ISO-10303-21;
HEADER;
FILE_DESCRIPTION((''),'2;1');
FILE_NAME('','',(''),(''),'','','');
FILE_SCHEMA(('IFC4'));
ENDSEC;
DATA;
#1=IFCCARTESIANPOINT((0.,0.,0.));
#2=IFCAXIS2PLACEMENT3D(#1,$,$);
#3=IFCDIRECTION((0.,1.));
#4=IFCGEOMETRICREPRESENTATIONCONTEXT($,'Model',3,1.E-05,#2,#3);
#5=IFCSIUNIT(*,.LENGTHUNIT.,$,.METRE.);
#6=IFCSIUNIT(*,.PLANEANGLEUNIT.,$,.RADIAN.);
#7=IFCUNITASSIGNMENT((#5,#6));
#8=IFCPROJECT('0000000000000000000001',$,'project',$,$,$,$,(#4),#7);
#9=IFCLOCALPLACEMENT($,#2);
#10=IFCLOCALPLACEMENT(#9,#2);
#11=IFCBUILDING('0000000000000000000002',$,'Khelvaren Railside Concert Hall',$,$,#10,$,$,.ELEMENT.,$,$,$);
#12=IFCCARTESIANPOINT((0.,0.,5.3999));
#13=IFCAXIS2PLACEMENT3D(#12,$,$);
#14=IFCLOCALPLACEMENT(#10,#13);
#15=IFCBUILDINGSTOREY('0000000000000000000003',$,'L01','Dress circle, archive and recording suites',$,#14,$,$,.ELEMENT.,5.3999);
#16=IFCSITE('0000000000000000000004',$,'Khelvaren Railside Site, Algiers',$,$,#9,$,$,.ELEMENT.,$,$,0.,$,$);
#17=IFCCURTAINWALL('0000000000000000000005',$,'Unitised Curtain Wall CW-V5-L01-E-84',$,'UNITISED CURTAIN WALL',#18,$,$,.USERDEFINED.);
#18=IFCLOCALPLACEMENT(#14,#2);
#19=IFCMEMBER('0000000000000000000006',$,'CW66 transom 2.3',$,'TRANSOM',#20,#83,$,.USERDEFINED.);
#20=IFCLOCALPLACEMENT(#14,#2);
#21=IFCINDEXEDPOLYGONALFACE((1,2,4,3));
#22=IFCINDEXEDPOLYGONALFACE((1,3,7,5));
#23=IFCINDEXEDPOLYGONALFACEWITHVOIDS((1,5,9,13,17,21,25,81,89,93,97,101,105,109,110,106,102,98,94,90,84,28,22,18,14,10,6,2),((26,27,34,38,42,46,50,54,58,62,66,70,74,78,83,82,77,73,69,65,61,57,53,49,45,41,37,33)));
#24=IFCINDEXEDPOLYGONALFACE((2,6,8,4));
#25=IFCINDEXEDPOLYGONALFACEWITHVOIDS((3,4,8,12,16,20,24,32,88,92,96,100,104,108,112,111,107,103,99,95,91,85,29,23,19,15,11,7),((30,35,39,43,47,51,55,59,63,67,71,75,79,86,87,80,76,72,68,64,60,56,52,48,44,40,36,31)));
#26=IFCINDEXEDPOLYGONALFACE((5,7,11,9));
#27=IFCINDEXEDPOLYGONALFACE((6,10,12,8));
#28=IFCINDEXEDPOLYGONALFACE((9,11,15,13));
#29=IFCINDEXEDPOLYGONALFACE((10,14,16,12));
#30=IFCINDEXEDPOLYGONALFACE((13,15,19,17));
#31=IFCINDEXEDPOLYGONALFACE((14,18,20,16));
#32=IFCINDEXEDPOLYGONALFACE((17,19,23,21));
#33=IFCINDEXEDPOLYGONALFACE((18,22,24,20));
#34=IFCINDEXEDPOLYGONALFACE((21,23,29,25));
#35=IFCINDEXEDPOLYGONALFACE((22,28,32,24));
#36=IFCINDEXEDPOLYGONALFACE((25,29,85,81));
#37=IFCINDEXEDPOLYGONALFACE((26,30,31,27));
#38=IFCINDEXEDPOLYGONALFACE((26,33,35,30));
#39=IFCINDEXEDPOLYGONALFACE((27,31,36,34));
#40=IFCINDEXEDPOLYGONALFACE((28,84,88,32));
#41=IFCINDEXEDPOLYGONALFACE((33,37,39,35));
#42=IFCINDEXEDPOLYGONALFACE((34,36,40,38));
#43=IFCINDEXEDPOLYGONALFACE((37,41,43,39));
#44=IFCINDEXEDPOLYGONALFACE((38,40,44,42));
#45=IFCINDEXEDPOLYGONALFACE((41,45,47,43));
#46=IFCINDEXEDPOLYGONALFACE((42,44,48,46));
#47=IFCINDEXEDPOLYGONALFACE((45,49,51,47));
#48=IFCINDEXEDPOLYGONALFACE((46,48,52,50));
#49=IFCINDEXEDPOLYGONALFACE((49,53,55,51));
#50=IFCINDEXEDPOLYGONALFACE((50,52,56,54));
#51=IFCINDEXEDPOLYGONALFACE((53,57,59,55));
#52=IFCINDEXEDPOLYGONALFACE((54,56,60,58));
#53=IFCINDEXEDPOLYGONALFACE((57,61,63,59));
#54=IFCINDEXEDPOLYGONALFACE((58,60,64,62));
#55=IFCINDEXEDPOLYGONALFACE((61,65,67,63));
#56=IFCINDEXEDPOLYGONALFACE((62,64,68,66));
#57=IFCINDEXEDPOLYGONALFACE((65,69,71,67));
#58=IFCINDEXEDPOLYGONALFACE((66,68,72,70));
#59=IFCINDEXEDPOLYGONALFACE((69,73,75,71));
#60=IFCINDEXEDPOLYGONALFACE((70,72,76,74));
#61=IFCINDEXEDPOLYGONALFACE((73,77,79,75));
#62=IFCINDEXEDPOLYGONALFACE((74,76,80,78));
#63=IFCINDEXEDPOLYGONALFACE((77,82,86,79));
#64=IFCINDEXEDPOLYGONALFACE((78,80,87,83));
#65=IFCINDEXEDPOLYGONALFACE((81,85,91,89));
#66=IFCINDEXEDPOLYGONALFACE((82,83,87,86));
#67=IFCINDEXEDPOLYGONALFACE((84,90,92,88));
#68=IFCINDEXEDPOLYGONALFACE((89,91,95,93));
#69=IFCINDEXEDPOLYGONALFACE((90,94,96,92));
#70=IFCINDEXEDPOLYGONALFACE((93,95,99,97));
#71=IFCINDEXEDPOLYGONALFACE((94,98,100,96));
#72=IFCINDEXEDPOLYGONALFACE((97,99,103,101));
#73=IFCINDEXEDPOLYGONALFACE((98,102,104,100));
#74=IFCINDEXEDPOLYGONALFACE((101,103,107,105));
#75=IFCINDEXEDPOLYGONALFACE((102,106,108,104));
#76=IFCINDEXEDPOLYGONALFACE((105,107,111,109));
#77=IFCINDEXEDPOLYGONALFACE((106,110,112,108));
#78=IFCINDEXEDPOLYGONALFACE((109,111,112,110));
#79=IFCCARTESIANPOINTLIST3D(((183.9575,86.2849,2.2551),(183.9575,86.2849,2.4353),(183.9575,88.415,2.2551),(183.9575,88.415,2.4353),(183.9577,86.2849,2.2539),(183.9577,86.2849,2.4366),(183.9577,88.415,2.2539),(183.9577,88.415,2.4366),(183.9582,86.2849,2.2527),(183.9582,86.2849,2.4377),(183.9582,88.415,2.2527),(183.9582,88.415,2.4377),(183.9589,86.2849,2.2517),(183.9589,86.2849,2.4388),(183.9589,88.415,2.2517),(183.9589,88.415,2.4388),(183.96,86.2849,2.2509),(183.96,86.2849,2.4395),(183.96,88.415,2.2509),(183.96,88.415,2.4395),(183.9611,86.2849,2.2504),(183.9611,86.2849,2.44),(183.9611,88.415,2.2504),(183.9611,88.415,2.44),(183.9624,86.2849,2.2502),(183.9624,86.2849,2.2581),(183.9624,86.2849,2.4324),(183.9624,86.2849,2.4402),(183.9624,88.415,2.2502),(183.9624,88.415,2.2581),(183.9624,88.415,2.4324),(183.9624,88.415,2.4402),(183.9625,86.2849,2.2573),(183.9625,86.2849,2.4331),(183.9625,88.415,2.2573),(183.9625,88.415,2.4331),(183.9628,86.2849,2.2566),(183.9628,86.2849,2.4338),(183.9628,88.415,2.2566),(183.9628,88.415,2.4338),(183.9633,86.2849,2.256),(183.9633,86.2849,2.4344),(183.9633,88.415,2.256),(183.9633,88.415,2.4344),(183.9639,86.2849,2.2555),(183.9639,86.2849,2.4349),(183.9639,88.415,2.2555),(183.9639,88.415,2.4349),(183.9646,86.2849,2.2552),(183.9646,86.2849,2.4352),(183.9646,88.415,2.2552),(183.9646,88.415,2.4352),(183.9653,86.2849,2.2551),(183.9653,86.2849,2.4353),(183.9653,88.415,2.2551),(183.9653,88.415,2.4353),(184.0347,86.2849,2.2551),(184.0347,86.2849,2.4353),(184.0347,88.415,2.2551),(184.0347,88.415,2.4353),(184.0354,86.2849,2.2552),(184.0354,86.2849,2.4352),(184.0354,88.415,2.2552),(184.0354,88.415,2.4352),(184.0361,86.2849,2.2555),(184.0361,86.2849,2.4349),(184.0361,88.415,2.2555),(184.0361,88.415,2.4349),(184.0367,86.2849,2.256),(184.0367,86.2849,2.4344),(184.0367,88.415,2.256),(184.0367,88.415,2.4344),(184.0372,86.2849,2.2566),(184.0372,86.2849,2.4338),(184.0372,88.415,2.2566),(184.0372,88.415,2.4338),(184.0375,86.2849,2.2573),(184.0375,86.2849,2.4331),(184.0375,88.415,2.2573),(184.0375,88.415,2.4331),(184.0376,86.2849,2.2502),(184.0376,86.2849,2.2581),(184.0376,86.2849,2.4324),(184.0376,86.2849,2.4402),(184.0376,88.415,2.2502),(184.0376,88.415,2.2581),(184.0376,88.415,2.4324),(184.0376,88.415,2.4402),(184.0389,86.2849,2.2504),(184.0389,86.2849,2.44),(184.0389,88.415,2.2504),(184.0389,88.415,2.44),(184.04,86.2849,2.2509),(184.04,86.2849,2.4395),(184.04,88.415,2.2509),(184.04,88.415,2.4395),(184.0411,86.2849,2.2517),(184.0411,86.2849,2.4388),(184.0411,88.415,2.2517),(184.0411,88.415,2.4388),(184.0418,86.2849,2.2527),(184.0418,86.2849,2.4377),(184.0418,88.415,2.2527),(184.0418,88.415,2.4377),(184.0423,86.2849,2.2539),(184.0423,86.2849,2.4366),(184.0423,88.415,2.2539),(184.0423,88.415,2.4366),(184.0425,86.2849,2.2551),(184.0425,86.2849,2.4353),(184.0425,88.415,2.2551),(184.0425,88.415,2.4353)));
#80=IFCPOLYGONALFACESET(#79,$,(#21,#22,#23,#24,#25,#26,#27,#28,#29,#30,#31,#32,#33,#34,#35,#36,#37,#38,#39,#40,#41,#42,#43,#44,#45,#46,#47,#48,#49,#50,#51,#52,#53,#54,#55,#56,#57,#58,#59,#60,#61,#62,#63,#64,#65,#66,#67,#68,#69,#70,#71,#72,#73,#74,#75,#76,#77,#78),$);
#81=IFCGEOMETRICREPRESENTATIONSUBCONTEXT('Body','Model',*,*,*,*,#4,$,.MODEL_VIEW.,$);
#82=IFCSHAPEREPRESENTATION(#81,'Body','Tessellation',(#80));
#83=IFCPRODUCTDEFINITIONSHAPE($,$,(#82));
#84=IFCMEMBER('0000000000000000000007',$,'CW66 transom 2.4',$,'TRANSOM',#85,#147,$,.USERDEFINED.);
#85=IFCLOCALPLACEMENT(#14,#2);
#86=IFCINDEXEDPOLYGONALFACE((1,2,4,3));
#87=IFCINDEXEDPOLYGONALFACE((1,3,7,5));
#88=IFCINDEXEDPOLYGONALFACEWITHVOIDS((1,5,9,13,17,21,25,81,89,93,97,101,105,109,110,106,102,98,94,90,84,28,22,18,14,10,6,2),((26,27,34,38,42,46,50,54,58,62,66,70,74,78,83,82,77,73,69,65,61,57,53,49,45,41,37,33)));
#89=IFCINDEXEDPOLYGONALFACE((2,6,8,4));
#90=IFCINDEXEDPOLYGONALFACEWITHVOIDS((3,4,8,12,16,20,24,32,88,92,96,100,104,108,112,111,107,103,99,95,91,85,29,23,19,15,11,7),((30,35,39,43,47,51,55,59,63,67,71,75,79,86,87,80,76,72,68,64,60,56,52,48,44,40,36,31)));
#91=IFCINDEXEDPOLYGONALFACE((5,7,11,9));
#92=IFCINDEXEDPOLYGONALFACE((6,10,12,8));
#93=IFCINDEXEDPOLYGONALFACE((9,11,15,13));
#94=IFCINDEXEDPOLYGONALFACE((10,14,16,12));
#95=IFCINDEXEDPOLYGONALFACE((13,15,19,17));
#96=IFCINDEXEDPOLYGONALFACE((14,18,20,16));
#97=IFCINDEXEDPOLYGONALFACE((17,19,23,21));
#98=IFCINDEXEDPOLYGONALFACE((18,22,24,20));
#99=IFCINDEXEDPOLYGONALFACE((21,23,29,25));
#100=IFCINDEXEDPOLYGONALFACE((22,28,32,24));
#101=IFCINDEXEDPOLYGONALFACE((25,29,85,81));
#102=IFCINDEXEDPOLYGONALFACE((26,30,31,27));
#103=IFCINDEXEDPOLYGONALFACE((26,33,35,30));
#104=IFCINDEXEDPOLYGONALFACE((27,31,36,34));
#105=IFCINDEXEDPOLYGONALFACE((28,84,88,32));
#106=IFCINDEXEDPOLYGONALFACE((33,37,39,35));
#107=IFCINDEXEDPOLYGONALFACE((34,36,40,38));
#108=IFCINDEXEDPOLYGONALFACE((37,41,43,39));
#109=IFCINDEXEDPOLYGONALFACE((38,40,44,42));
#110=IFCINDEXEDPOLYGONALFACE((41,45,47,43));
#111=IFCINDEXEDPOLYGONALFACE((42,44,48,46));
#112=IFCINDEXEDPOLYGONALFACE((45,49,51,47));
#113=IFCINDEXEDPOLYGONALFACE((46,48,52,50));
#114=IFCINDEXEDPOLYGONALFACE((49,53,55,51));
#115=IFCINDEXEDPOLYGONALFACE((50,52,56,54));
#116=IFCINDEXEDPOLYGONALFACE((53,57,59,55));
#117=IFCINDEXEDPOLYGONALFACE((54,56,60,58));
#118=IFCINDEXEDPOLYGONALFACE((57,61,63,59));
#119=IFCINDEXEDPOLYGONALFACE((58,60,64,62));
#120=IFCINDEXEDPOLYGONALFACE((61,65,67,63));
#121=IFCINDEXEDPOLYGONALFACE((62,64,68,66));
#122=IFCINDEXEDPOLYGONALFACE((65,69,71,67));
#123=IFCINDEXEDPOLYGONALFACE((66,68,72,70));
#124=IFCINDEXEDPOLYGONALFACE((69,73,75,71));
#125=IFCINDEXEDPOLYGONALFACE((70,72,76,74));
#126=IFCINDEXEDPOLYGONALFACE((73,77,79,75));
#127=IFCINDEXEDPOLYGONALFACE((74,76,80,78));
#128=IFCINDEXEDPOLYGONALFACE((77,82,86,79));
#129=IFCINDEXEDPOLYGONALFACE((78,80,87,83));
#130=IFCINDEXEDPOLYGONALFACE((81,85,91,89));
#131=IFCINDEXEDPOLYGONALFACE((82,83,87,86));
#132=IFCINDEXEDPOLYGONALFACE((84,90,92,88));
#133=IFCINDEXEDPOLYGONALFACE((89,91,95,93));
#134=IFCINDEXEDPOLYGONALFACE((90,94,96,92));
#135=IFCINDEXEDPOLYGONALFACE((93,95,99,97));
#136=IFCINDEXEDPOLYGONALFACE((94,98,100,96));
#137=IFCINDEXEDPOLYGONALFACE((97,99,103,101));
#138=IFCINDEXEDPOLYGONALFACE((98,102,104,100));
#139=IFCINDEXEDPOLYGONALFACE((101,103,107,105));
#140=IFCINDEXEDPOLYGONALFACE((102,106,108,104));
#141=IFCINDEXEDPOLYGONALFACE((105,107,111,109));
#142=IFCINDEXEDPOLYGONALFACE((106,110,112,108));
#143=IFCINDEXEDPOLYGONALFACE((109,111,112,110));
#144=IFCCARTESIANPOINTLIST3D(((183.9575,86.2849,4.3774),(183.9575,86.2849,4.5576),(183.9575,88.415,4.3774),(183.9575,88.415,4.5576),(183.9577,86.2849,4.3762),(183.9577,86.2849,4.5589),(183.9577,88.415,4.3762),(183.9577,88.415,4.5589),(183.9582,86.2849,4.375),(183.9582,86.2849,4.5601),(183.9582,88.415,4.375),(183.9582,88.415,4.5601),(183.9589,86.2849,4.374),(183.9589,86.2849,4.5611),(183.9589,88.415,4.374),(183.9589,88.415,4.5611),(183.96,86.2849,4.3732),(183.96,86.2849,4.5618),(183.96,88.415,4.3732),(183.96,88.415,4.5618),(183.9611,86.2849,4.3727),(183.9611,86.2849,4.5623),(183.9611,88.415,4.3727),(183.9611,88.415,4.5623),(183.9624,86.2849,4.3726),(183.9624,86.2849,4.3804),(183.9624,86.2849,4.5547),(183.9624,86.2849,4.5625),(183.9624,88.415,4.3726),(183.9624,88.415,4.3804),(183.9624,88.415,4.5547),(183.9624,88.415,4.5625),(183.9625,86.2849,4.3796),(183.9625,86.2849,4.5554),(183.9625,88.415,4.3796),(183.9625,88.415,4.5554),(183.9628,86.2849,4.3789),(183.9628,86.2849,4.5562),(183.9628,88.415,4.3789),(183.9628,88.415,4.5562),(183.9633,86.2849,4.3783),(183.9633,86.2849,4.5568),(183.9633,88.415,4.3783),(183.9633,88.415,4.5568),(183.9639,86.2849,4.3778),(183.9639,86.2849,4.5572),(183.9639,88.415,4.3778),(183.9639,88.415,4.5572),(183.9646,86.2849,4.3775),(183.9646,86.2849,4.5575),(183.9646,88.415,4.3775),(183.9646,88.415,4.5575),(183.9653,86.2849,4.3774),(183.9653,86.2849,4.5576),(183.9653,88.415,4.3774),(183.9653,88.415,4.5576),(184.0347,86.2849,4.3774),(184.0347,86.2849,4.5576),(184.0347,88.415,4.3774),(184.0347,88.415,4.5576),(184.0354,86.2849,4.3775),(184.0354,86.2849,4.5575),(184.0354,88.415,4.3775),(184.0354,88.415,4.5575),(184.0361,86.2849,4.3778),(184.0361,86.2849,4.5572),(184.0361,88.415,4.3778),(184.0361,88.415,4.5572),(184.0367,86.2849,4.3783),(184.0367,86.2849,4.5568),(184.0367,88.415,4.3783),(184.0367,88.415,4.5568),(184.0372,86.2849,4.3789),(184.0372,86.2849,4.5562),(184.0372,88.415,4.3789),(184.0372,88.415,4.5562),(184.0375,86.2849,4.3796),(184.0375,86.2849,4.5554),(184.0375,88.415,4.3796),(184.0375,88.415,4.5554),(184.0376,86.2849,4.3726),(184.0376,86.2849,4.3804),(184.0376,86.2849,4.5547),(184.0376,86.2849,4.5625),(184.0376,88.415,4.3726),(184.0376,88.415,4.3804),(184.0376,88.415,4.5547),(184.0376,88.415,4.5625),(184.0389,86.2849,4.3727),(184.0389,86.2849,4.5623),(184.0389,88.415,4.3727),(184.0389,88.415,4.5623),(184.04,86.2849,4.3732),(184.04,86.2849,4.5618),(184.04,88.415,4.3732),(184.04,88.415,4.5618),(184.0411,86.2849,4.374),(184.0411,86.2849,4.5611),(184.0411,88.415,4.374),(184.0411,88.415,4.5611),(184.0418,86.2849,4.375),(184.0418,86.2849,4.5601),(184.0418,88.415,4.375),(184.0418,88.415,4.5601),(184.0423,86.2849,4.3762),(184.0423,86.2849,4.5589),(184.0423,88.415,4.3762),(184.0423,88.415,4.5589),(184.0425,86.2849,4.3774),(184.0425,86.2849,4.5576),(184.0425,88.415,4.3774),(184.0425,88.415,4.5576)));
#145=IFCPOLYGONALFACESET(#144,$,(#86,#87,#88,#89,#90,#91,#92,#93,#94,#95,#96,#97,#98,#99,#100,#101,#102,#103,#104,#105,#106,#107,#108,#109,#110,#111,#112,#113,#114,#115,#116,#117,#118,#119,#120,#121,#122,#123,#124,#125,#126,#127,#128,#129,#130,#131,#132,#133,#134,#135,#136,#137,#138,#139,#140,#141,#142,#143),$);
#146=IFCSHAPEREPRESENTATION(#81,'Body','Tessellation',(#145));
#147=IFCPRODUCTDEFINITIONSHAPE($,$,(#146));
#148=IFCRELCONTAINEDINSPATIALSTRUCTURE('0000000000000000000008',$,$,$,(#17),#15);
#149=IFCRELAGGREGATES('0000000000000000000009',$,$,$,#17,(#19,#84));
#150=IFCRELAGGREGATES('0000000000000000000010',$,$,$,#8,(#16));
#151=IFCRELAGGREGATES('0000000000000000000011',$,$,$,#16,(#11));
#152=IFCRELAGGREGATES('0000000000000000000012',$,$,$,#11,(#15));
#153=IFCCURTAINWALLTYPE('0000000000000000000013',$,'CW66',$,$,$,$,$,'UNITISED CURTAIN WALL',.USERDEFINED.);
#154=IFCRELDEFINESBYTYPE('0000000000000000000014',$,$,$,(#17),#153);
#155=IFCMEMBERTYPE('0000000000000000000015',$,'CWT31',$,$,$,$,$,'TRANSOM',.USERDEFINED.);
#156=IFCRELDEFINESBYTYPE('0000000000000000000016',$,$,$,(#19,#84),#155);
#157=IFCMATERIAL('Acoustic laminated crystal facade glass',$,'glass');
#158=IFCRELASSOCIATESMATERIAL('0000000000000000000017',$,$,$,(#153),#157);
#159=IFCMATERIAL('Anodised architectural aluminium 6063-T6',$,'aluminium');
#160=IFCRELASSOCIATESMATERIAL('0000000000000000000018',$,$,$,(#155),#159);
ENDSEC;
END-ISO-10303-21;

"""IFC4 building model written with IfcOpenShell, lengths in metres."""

from ifc_helpers import new_model, si_unit, direction, frame, origin, origin_2d, place, context, subcontext, project, spatial, hollow_rectangle, extrude, material, material_profile, profile_set, type_object, element, aggregate, save


model = new_model("IFC4")

# Units and contexts
model_context = context("Model", 3, precision=1e-05, world=origin(), true_north=direction((0.0, 1.0)))
body_context = subcontext(model_context, "Body", "Model", "MODEL_VIEW")
ifc_project = project(units=[si_unit("LENGTHUNIT", "METRE"), si_unit("PLANEANGLEUNIT", "RADIAN")], contexts=[model_context])

# Site, building, storey
site_placement = place(None, origin())
site = spatial("IfcSite", under=ifc_project, at=site_placement, Name="Khelvaren Railside Site, Algiers", CompositionType="ELEMENT", RefElevation=0.0)
building_placement = place(site_placement, origin())
building = spatial("IfcBuilding", under=site, at=building_placement, Name="Khelvaren Railside Concert Hall", CompositionType="ELEMENT")
storey_placement = place(building_placement, frame((0.0, 0.0, 5.3999)))
storey = spatial("IfcBuildingStorey", under=building, at=storey_placement, Name="L01", Description="Dress circle, archive and recording suites", CompositionType="ELEMENT", Elevation=5.3999)

# Curtain wall, members
ifc_material_1 = material(Name="Anodised architectural aluminium 6063-T6", Category="aluminium")
ifc_material_2 = material(Name="Acoustic laminated crystal facade glass", Category="glass")
curtain_wall_type_1 = type_object("IfcCurtainWallType", Name="CW66", ElementType="UNITISED CURTAIN WALL", PredefinedType="USERDEFINED", material=ifc_material_2)
curtain_wall_1_placement = place(storey_placement, origin())
curtain_wall_1 = element("IfcCurtainWall", 1, at=curtain_wall_1_placement, inside=storey, type_object=curtain_wall_type_1, Name="Unitised Curtain Wall CW-V5-L01-E-84", ObjectType="UNITISED CURTAIN WALL", PredefinedType="USERDEFINED")
ifc_material_profile_1 = material_profile(ifc_material_1, hollow_rectangle(XDim=0.085, YDim=0.1899, WallThickness=0.0049, InnerFilletRadius=0.0029, OuterFilletRadius=0.0049, at=origin_2d()), Name="CWT 85x190x5")
ifc_profile_set_1 = profile_set([ifc_material_profile_1], Name="Anodised architectural aluminium 6063-T6")
member_type_1 = type_object("IfcMemberType", Name="CWT31", ElementType="TRANSOM", PredefinedType="USERDEFINED", material=ifc_profile_set_1)
member_1_placement = place(storey_placement, frame((184.0, 88.415, 2.3452), z_axis=(0.0, -1.0, 0.0), x_axis=(1.0, 0.0, 0.0)))
member_1 = element("IfcMember", 2, at=member_1_placement, type_object=member_type_1, Name="CW66 transom 2.3", ObjectType="TRANSOM", PredefinedType="USERDEFINED", context=body_context, shape_type="SweptSolid", body=[
    extrude(hollow_rectangle(XDim=0.085, YDim=0.1899, WallThickness=0.0049, InnerFilletRadius=0.0029, OuterFilletRadius=0.0049, at=origin_2d()), origin(), (0.0, 0.0, 1.0), 2.1301),
])
member_2_placement = place(storey_placement, frame((184.0, 88.415, 4.4675), z_axis=(0.0, -1.0, 0.0), x_axis=(1.0, 0.0, 0.0)))
member_2 = element("IfcMember", 3, at=member_2_placement, type_object=member_type_1, Name="CW66 transom 2.4", ObjectType="TRANSOM", PredefinedType="USERDEFINED", context=body_context, shape_type="SweptSolid", body=[
    extrude(hollow_rectangle(XDim=0.085, YDim=0.1899, WallThickness=0.0049, InnerFilletRadius=0.0029, OuterFilletRadius=0.0049, at=origin_2d()), origin(), (0.0, 0.0, 1.0), 2.1301),
])

aggregate(curtain_wall_1, [member_1, member_2])

save(model, "model.ifc")
